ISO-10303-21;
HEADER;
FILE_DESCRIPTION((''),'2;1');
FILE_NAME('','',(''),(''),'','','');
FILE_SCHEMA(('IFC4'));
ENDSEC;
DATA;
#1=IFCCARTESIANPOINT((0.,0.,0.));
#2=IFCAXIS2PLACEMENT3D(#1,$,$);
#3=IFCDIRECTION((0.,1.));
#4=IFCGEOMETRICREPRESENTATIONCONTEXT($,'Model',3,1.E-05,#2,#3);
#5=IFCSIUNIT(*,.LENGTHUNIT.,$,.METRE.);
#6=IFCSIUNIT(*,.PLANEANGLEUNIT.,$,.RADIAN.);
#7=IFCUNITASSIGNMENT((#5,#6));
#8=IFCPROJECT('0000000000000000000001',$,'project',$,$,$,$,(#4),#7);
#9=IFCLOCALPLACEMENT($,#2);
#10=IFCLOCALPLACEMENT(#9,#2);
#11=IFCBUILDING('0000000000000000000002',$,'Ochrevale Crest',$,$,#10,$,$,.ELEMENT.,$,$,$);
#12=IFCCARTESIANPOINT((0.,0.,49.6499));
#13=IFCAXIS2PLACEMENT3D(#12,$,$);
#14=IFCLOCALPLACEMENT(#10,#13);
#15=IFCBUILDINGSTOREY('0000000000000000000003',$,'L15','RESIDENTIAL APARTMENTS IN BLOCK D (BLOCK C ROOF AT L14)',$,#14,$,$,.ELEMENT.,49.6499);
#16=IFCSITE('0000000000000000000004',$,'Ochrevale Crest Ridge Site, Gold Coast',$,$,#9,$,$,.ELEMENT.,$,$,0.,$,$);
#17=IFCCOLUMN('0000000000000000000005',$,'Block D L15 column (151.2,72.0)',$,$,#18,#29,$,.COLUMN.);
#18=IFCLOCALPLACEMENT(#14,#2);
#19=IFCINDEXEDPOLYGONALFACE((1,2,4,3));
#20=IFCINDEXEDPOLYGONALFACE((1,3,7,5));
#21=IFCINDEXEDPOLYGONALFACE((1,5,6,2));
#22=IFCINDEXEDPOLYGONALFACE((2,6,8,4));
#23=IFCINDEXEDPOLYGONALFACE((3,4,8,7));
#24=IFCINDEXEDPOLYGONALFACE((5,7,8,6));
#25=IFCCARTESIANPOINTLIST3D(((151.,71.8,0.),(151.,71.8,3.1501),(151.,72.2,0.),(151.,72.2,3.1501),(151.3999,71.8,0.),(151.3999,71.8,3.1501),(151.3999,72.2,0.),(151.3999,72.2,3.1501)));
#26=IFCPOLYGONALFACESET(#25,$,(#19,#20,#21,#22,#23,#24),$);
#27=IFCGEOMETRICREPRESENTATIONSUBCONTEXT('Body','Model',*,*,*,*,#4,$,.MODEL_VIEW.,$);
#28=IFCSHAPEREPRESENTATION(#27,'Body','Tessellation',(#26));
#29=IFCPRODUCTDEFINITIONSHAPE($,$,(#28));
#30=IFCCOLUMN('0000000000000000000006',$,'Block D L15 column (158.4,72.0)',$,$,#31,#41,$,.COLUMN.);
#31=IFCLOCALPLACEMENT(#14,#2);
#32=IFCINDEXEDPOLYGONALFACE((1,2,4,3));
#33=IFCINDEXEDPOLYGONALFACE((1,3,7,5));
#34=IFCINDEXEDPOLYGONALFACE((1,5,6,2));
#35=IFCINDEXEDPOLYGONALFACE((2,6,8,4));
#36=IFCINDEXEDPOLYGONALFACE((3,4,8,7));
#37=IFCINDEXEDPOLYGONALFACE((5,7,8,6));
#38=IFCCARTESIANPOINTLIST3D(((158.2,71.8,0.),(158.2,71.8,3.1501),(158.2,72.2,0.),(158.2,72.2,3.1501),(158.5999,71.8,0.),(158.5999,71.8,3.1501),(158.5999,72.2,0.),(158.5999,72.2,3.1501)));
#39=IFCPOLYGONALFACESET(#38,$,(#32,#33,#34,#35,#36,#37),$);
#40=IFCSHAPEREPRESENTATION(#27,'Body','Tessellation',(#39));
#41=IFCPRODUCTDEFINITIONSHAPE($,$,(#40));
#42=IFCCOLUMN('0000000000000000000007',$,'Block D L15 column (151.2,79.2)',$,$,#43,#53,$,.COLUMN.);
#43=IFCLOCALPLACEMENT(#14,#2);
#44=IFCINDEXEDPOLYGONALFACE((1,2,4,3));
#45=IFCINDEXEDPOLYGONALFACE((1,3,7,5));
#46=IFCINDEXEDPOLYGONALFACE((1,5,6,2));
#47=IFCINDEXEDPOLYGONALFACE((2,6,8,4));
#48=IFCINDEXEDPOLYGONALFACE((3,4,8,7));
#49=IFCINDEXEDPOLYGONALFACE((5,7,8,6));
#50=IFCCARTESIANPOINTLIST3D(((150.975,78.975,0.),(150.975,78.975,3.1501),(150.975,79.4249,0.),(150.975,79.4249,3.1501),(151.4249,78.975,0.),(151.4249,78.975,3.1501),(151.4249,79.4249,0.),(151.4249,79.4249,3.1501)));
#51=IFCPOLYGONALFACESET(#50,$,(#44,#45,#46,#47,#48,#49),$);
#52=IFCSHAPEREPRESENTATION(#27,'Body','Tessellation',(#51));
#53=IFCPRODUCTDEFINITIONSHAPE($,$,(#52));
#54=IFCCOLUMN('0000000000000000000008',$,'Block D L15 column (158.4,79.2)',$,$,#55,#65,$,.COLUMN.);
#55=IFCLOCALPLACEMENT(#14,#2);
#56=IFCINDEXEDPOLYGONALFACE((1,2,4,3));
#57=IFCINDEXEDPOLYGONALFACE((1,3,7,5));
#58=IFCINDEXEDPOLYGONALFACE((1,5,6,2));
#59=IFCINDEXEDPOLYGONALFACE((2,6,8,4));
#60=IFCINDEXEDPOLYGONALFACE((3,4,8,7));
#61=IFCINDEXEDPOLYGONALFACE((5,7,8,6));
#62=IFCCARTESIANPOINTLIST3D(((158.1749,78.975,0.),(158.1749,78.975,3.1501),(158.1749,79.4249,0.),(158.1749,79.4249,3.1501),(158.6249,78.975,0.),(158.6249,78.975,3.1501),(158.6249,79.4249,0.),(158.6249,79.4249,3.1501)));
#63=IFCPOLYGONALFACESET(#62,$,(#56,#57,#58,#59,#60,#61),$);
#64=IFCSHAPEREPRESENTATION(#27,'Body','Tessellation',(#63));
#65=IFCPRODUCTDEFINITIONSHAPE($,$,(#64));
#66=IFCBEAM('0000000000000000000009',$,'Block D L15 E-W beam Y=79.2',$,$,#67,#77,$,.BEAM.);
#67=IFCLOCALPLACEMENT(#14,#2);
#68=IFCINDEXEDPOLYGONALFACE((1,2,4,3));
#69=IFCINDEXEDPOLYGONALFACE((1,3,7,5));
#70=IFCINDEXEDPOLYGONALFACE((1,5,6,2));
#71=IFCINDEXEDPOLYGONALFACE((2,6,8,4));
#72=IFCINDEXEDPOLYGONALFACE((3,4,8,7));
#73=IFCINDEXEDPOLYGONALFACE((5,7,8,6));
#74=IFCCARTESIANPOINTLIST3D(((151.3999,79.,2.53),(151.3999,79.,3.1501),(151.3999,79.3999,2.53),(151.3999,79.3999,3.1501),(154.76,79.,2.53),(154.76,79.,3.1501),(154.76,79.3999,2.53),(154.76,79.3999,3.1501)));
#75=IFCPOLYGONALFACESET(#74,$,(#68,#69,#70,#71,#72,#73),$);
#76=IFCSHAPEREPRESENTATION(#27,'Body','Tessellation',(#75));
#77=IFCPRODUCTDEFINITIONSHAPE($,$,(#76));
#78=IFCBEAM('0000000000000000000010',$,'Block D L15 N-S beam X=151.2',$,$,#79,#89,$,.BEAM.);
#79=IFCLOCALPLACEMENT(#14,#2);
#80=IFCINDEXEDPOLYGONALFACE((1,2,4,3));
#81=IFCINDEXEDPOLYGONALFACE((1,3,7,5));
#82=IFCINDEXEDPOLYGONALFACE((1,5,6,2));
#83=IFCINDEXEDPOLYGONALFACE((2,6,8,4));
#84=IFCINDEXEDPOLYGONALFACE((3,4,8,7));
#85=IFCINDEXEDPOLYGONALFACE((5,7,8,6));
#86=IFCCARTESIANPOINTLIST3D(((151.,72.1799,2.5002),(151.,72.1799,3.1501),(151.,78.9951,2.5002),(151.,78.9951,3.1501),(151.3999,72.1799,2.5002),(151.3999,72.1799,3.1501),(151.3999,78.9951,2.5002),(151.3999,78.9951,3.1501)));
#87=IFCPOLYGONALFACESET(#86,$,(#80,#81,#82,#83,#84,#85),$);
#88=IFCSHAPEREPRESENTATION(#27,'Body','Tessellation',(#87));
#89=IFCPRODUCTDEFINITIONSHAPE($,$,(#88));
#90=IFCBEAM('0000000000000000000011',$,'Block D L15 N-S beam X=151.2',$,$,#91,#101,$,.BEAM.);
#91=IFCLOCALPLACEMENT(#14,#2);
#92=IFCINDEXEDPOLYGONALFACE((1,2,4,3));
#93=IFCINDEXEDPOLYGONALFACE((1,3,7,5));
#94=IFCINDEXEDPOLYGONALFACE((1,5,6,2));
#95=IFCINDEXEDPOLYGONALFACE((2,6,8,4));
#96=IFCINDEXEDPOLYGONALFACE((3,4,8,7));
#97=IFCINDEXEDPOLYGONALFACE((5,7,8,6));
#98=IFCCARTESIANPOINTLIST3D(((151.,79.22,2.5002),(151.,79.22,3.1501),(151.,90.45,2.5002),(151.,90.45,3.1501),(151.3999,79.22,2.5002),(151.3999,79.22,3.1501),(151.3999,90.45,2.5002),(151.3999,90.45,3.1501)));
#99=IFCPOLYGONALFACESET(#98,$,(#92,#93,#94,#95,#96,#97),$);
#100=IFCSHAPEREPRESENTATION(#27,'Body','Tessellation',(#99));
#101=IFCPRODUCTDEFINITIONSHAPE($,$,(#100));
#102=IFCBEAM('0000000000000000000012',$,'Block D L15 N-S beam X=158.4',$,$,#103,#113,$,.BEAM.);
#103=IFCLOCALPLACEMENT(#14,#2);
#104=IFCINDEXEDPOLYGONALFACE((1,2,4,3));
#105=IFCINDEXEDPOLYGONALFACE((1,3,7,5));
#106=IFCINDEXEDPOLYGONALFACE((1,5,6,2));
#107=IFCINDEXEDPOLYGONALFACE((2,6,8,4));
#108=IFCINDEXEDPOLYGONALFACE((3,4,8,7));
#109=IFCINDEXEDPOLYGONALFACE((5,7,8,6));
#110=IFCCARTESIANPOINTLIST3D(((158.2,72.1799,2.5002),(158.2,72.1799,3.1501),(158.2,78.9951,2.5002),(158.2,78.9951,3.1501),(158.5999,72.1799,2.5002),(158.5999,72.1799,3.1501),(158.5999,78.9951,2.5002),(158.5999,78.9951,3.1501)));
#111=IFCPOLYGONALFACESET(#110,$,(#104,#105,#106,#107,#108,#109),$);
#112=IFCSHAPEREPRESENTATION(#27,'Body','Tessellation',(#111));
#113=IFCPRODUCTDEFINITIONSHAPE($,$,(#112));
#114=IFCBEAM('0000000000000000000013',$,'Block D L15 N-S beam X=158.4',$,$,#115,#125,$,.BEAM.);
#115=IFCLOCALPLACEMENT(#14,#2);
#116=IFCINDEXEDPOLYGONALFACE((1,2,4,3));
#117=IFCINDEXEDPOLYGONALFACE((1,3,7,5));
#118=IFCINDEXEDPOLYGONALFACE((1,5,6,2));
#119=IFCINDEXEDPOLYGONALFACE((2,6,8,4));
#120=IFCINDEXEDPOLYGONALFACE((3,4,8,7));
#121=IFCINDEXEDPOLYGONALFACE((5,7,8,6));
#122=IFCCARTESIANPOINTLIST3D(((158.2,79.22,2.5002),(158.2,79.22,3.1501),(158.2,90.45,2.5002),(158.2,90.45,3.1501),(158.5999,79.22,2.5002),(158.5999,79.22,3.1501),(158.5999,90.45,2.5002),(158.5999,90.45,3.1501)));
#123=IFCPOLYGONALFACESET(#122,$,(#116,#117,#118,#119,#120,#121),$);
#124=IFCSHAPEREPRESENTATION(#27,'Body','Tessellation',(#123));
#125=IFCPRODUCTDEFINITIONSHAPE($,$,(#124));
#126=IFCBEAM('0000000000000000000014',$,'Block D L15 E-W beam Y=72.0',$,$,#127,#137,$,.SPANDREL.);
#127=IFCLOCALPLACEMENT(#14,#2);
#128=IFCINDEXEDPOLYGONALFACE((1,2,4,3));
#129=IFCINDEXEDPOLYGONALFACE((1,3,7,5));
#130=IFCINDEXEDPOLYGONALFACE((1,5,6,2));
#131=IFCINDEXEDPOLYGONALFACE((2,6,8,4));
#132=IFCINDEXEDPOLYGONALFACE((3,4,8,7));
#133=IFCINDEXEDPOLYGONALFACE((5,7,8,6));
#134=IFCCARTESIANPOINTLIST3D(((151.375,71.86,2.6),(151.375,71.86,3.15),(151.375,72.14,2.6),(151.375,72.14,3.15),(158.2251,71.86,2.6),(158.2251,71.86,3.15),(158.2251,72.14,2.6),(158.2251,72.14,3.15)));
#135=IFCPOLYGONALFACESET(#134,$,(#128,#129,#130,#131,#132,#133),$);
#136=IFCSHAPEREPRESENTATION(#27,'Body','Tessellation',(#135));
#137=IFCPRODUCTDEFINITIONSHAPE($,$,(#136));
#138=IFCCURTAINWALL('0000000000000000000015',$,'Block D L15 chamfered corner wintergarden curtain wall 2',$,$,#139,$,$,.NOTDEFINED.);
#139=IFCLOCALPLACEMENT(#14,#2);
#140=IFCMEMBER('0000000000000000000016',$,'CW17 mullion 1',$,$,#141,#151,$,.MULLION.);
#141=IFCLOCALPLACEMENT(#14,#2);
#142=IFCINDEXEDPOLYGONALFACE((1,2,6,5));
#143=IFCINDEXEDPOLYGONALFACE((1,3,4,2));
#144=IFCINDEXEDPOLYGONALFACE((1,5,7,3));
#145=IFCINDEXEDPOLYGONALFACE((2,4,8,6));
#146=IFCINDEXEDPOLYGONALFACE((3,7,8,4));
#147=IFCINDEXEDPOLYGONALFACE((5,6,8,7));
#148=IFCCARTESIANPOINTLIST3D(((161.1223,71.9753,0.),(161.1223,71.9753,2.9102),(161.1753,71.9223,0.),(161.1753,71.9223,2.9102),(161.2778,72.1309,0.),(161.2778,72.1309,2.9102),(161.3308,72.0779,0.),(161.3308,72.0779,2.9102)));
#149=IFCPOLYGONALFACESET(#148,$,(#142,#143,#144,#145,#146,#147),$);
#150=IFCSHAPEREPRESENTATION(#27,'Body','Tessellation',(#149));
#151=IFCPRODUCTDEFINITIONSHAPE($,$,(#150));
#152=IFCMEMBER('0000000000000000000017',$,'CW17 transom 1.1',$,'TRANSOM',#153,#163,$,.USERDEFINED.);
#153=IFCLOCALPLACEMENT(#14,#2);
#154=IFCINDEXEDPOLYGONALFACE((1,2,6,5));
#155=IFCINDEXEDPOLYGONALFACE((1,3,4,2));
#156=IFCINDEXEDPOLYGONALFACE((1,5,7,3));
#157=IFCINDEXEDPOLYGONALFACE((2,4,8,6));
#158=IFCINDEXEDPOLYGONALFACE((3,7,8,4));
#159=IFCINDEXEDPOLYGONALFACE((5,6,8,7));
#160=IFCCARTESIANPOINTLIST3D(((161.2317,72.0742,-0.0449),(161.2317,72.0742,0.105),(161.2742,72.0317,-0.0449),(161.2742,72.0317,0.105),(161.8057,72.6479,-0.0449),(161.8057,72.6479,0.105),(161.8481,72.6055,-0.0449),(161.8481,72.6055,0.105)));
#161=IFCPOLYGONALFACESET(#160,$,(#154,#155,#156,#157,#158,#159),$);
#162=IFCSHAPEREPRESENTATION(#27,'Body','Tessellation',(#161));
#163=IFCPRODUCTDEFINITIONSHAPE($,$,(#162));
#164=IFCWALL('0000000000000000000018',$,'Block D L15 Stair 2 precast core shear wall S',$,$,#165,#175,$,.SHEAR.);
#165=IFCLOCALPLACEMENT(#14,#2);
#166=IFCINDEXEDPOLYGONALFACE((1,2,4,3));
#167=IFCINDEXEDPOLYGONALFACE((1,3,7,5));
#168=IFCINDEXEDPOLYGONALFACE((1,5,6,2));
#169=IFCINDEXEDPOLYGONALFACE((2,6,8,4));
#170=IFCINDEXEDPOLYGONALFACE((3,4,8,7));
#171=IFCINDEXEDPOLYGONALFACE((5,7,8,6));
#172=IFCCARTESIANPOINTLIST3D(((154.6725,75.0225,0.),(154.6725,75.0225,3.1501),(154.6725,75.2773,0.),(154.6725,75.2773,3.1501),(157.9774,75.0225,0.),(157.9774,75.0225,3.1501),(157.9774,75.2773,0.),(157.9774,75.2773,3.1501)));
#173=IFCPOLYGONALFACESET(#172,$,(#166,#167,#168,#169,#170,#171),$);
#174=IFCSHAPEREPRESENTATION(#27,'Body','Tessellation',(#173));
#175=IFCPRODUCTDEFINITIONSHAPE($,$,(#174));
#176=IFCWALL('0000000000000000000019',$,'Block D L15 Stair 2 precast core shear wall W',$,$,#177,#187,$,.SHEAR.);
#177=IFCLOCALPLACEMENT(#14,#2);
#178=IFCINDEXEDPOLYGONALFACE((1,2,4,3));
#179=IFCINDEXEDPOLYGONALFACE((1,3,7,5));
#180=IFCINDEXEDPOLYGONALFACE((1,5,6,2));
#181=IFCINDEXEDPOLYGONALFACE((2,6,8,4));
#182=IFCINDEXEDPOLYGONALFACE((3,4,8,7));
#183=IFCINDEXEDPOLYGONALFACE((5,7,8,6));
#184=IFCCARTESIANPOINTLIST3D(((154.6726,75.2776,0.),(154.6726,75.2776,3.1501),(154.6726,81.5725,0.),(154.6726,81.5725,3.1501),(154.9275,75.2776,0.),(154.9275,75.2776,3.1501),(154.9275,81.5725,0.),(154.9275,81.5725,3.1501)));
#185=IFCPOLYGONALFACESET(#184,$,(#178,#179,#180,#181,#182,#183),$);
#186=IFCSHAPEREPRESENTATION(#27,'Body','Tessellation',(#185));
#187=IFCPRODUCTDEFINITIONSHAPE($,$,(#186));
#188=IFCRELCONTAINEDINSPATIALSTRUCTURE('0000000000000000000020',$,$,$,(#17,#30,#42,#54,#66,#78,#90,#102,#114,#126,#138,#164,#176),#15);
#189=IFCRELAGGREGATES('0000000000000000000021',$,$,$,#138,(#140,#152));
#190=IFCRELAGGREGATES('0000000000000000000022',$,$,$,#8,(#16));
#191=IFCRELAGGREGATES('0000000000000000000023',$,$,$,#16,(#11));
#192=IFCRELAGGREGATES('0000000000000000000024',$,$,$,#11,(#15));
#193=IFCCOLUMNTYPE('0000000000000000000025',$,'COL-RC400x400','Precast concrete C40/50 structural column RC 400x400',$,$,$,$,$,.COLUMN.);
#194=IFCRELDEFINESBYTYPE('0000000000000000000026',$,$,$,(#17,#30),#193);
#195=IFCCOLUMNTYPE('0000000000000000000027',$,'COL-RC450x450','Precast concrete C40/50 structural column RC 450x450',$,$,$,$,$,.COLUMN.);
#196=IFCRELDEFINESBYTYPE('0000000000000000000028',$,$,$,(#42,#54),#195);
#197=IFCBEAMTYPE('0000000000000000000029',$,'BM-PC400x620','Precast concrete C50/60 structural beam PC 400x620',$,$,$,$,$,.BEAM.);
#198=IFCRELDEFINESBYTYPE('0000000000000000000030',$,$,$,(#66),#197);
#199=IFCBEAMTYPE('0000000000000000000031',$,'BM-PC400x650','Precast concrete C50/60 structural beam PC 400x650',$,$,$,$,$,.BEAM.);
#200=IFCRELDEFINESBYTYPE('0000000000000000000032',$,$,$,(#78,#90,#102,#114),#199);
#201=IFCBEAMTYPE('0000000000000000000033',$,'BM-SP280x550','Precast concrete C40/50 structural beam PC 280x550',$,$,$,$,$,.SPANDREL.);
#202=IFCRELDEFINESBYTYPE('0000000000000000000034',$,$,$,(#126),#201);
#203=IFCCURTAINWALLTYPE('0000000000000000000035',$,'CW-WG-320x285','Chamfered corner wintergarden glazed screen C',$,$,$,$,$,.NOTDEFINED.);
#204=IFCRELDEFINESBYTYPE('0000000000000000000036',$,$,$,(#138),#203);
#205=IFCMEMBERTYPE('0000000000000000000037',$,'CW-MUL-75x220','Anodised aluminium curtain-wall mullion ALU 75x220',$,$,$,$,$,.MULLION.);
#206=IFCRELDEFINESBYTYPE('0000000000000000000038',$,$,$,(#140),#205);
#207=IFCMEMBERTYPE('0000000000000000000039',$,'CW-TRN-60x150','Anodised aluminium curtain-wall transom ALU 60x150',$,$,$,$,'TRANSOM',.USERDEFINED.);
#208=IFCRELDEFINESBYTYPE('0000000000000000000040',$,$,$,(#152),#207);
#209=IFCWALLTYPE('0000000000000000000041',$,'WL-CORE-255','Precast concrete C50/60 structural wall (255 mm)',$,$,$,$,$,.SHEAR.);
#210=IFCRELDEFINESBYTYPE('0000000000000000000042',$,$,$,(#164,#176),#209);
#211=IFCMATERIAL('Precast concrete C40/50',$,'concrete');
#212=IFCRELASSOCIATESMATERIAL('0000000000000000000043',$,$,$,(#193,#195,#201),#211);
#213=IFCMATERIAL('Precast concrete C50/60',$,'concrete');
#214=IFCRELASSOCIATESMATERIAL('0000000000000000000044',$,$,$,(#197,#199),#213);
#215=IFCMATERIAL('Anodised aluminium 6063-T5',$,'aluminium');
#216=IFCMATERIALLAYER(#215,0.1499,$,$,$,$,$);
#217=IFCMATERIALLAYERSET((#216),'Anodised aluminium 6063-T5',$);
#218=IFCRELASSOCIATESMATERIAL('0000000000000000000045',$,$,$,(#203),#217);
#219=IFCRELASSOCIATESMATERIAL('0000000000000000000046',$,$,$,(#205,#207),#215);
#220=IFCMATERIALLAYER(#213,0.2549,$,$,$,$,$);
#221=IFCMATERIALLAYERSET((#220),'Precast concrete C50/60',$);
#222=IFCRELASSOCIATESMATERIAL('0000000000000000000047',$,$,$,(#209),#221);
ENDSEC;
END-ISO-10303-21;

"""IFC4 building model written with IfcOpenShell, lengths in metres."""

from ifc_helpers import new_model, si_unit, direction, frame, frame_2d, origin, origin_2d, place, context, subcontext, project, spatial, rectangle, extrude, material, layer, layer_set, material_profile, profile_set, type_object, element, aggregate, save


model = new_model("IFC4")

# Units and contexts
model_context = context("Model", 3, precision=1e-05, world=origin(), true_north=direction((0.0, 1.0)))
body_context = subcontext(model_context, "Body", "Model", "MODEL_VIEW")
ifc_project = project(units=[si_unit("LENGTHUNIT", "METRE"), si_unit("PLANEANGLEUNIT", "RADIAN")], contexts=[model_context])

# Site, building, storey
site_placement = place(None, origin())
site = spatial("IfcSite", under=ifc_project, at=site_placement, Name="Ochrevale Crest Ridge Site, Gold Coast", CompositionType="ELEMENT", RefElevation=0.0)
building_placement = place(site_placement, origin())
building = spatial("IfcBuilding", under=site, at=building_placement, Name="Ochrevale Crest", CompositionType="ELEMENT")
storey_placement = place(building_placement, frame((0.0, 0.0, 49.6499)))
storey = spatial("IfcBuildingStorey", under=building, at=storey_placement, Name="L15", Description="RESIDENTIAL APARTMENTS IN BLOCK D (BLOCK C ROOF AT L14)", CompositionType="ELEMENT", Elevation=49.6499)

# Columns
ifc_material_1 = material(Name="Precast concrete C40/50", Category="concrete")
ifc_material_profile_1 = material_profile(ifc_material_1, rectangle(XDim=0.3999, YDim=0.3999, at=origin_2d()), Name="RC 400x400")
ifc_profile_set_1 = profile_set([ifc_material_profile_1], Name="Precast concrete C40/50")
column_type_1 = type_object("IfcColumnType", Name="COL-RC400x400", Description="Precast concrete C40/50 structural column RC 400x400", PredefinedType="COLUMN", material=ifc_profile_set_1)
for number, where, z_axis, x_axis, name in (
    (1, (151.2, 72.0, 0.0), (0.0, 0.0, 1.0), (1.0, 0.0, 0.0), "Block D L15 column (151.2,72.0)"),
    (2, (158.3999, 72.0, 0.0), (0.0, 0.0, 1.0), (1.0, 0.0, 0.0), "Block D L15 column (158.4,72.0)"),
):
    element("IfcColumn", number, at=place(storey_placement, frame(where, z_axis=z_axis, x_axis=x_axis)), inside=storey, type_object=column_type_1, Name=name, PredefinedType="COLUMN", context=body_context, shape_type="SweptSolid", body=[
        extrude(rectangle(XDim=0.3999, YDim=0.3999, at=origin_2d()), origin(), (0.0, 0.0, 1.0), 3.1501),
    ])
ifc_material_profile_2 = material_profile(ifc_material_1, rectangle(XDim=0.45, YDim=0.45, at=origin_2d()), Name="RC 450x450")
ifc_profile_set_2 = profile_set([ifc_material_profile_2], Name="Precast concrete C40/50")
column_type_2 = type_object("IfcColumnType", Name="COL-RC450x450", Description="Precast concrete C40/50 structural column RC 450x450", PredefinedType="COLUMN", material=ifc_profile_set_2)
for number, where, z_axis, x_axis, name in (
    (3, (151.2, 79.2, 0.0), (0.0, 0.0, 1.0), (1.0, 0.0, 0.0), "Block D L15 column (151.2,79.2)"),
    (4, (158.3999, 79.2, 0.0), (0.0, 0.0, 1.0), (1.0, 0.0, 0.0), "Block D L15 column (158.4,79.2)"),
):
    element("IfcColumn", number, at=place(storey_placement, frame(where, z_axis=z_axis, x_axis=x_axis)), inside=storey, type_object=column_type_2, Name=name, PredefinedType="COLUMN", context=body_context, shape_type="SweptSolid", body=[
        extrude(rectangle(XDim=0.45, YDim=0.45, at=origin_2d()), origin(), (0.0, 0.0, 1.0), 3.1501),
    ])

# Beams
ifc_material_2 = material(Name="Precast concrete C50/60", Category="concrete")
ifc_material_profile_3 = material_profile(ifc_material_2, rectangle(XDim=0.3999, YDim=0.6201, at=origin_2d()), Name="PC 400x620")
ifc_profile_set_3 = profile_set([ifc_material_profile_3], Name="Precast concrete C50/60")
beam_type_1 = type_object("IfcBeamType", Name="BM-PC400x620", Description="Precast concrete C50/60 structural beam PC 400x620", PredefinedType="BEAM", material=ifc_profile_set_3)
beam_1_placement = place(storey_placement, frame((151.3999, 79.2, 2.8401), z_axis=(1.0, 0.0, 0.0), x_axis=(0.0, 1.0, 0.0)))
element("IfcBeam", 5, at=beam_1_placement, inside=storey, type_object=beam_type_1, Name="Block D L15 E-W beam Y=79.2", PredefinedType="BEAM", context=body_context, shape_type="SweptSolid", body=[
    extrude(rectangle(XDim=0.3999, YDim=0.6201, at=origin_2d()), origin(), (0.0, 0.0, 1.0), 3.3601),
])
ifc_material_profile_4 = material_profile(ifc_material_2, rectangle(XDim=0.3999, YDim=0.6499, at=origin_2d()), Name="PC 400x650")
ifc_profile_set_4 = profile_set([ifc_material_profile_4], Name="Precast concrete C50/60")
beam_type_2 = type_object("IfcBeamType", Name="BM-PC400x650", Description="Precast concrete C50/60 structural beam PC 400x650", PredefinedType="BEAM", material=ifc_profile_set_4)
beam_2_placement = place(storey_placement, frame((151.2, 72.1799, 2.8252), z_axis=(0.0, 1.0, 0.0), x_axis=(-1.0, 0.0, 0.0)))
element("IfcBeam", 6, at=beam_2_placement, inside=storey, type_object=beam_type_2, Name="Block D L15 N-S beam X=151.2", PredefinedType="BEAM", context=body_context, shape_type="SweptSolid", body=[
    extrude(rectangle(XDim=0.3999, YDim=0.6499, at=origin_2d()), origin(), (0.0, 0.0, 1.0), 6.8152),
])
beam_3_placement = place(storey_placement, frame((151.2, 79.22, 2.8252), z_axis=(0.0, 1.0, 0.0), x_axis=(-1.0, 0.0, 0.0)))
element("IfcBeam", 7, at=beam_3_placement, inside=storey, type_object=beam_type_2, Name="Block D L15 N-S beam X=151.2", PredefinedType="BEAM", context=body_context, shape_type="SweptSolid", body=[
    extrude(rectangle(XDim=0.3999, YDim=0.6499, at=origin_2d()), origin(), (0.0, 0.0, 1.0), 11.23),
])
beam_4_placement = place(storey_placement, frame((158.3999, 72.1799, 2.8252), z_axis=(0.0, 1.0, 0.0), x_axis=(-1.0, 0.0, 0.0)))
element("IfcBeam", 8, at=beam_4_placement, inside=storey, type_object=beam_type_2, Name="Block D L15 N-S beam X=158.4", PredefinedType="BEAM", context=body_context, shape_type="SweptSolid", body=[
    extrude(rectangle(XDim=0.3999, YDim=0.6499, at=origin_2d()), origin(), (0.0, 0.0, 1.0), 6.8152),
])
beam_5_placement = place(storey_placement, frame((158.3999, 79.22, 2.8252), z_axis=(0.0, 1.0, 0.0), x_axis=(-1.0, 0.0, 0.0)))
element("IfcBeam", 9, at=beam_5_placement, inside=storey, type_object=beam_type_2, Name="Block D L15 N-S beam X=158.4", PredefinedType="BEAM", context=body_context, shape_type="SweptSolid", body=[
    extrude(rectangle(XDim=0.3999, YDim=0.6499, at=origin_2d()), origin(), (0.0, 0.0, 1.0), 11.23),
])
ifc_material_profile_5 = material_profile(ifc_material_1, rectangle(XDim=0.28, YDim=0.55, at=origin_2d()), Name="PC 280x550")
ifc_profile_set_5 = profile_set([ifc_material_profile_5], Name="Precast concrete C40/50")
beam_type_3 = type_object("IfcBeamType", Name="BM-SP280x550", Description="Precast concrete C40/50 structural beam PC 280x550", PredefinedType="SPANDREL", material=ifc_profile_set_5)
beam_6_placement = place(storey_placement, frame((151.375, 72.0, 2.875), z_axis=(1.0, 0.0, 0.0), x_axis=(0.0, 1.0, 0.0)))
element("IfcBeam", 10, at=beam_6_placement, inside=storey, type_object=beam_type_3, Name="Block D L15 E-W beam Y=72.0", PredefinedType="SPANDREL", context=body_context, shape_type="SweptSolid", body=[
    extrude(rectangle(XDim=0.28, YDim=0.55, at=origin_2d()), origin(), (0.0, 0.0, 1.0), 6.8501),
])

# Curtain wall, members
ifc_material_3 = material(Name="Anodised aluminium 6063-T5", Category="aluminium")
ifc_layer_1 = layer(ifc_material_3, 0.1499)
ifc_layer_set_1 = layer_set([ifc_layer_1], Name="Anodised aluminium 6063-T5")
curtain_wall_type = type_object("IfcCurtainWallType", Name="CW-WG-320x285", Description="Chamfered corner wintergarden glazed screen C", PredefinedType="NOTDEFINED", material=ifc_layer_set_1)
curtain_wall_placement = place(storey_placement, origin())
curtain_wall = element("IfcCurtainWall", 11, at=curtain_wall_placement, inside=storey, type_object=curtain_wall_type, Name="Block D L15 chamfered corner wintergarden curtain wall 2", PredefinedType="NOTDEFINED")
ifc_material_profile_6 = material_profile(ifc_material_3, rectangle(XDim=0.075, YDim=0.22, at=origin_2d()), Name="ALU 75x220")
ifc_profile_set_6 = profile_set([ifc_material_profile_6], Name="Anodised aluminium 6063-T5")
member_type_1 = type_object("IfcMemberType", Name="CW-MUL-75x220", Description="Anodised aluminium curtain-wall mullion ALU 75x220", PredefinedType="MULLION", material=ifc_profile_set_6)
member_1_placement = place(storey_placement, frame((161.2266, 72.0266, 0.0), z_axis=(0.0, 0.0, 1.0), x_axis=(-0.707107, 0.707107, 0.0)))
member_1 = element("IfcMember", 12, at=member_1_placement, type_object=member_type_1, Name="CW17 mullion 1", PredefinedType="MULLION", context=body_context, shape_type="SweptSolid", body=[
    extrude(rectangle(XDim=0.075, YDim=0.22, at=origin_2d()), origin(), (0.0, 0.0, 1.0), 2.9102),
])
ifc_material_profile_7 = material_profile(ifc_material_3, rectangle(XDim=0.0601, YDim=0.1499, at=origin_2d()), Name="ALU 60x150")
ifc_profile_set_7 = profile_set([ifc_material_profile_7], Name="Anodised aluminium 6063-T5")
member_type_2 = type_object("IfcMemberType", Name="CW-TRN-60x150", Description="Anodised aluminium curtain-wall transom ALU 60x150", ElementType="TRANSOM", PredefinedType="USERDEFINED", material=ifc_profile_set_7)
member_2_placement = place(storey_placement, frame((161.2529, 72.053, 0.03), z_axis=(0.707257, 0.706956, 0.0), x_axis=(-0.706956, 0.707257, 0.0)))
member_2 = element("IfcMember", 13, at=member_2_placement, type_object=member_type_2, Name="CW17 transom 1.1", ObjectType="TRANSOM", PredefinedType="USERDEFINED", context=body_context, shape_type="SweptSolid", body=[
    extrude(rectangle(XDim=0.0601, YDim=0.1499, at=origin_2d()), origin(), (0.0, 0.0, 1.0), 0.8115),
])
aggregate(curtain_wall, [member_1, member_2])

# Walls
ifc_layer_2 = layer(ifc_material_2, 0.2549)
ifc_layer_set_2 = layer_set([ifc_layer_2], Name="Precast concrete C50/60")
wall_type_1 = type_object("IfcWallType", Name="WL-CORE-255", Description="Precast concrete C50/60 structural wall (255 mm)", PredefinedType="SHEAR", material=ifc_layer_set_2)
wall_1_placement = place(storey_placement, frame((154.6726, 75.1499, 0.0), z_axis=(0.0, 0.0, 1.0), x_axis=(1.0, 0.0, 0.0)))
element("IfcWall", 14, at=wall_1_placement, inside=storey, type_object=wall_type_1, Name="Block D L15 Stair 2 precast core shear wall S", PredefinedType="SHEAR", context=body_context, shape_type="SweptSolid", body=[
    extrude(rectangle(XDim=3.3049, YDim=0.2549, at=frame_2d((1.6523, 0.0))), origin(), (0.0, 0.0, 1.0), 3.1501),
])
for number, where, z_axis, x_axis, name in (
    (15, (154.8, 75.2776, 0.0), (0.0, 0.0, 1.0), (0.0, 1.0, 0.0), "Block D L15 Stair 2 precast core shear wall W"),
):
    element("IfcWall", number, at=place(storey_placement, frame(where, z_axis=z_axis, x_axis=x_axis)), inside=storey, type_object=wall_type_1, Name=name, PredefinedType="SHEAR", context=body_context, shape_type="SweptSolid", body=[
        extrude(rectangle(XDim=6.2949, YDim=0.2549, at=frame_2d((3.1475, 0.0))), origin(), (0.0, 0.0, 1.0), 3.1501),
    ])

save(model, "model.ifc")
